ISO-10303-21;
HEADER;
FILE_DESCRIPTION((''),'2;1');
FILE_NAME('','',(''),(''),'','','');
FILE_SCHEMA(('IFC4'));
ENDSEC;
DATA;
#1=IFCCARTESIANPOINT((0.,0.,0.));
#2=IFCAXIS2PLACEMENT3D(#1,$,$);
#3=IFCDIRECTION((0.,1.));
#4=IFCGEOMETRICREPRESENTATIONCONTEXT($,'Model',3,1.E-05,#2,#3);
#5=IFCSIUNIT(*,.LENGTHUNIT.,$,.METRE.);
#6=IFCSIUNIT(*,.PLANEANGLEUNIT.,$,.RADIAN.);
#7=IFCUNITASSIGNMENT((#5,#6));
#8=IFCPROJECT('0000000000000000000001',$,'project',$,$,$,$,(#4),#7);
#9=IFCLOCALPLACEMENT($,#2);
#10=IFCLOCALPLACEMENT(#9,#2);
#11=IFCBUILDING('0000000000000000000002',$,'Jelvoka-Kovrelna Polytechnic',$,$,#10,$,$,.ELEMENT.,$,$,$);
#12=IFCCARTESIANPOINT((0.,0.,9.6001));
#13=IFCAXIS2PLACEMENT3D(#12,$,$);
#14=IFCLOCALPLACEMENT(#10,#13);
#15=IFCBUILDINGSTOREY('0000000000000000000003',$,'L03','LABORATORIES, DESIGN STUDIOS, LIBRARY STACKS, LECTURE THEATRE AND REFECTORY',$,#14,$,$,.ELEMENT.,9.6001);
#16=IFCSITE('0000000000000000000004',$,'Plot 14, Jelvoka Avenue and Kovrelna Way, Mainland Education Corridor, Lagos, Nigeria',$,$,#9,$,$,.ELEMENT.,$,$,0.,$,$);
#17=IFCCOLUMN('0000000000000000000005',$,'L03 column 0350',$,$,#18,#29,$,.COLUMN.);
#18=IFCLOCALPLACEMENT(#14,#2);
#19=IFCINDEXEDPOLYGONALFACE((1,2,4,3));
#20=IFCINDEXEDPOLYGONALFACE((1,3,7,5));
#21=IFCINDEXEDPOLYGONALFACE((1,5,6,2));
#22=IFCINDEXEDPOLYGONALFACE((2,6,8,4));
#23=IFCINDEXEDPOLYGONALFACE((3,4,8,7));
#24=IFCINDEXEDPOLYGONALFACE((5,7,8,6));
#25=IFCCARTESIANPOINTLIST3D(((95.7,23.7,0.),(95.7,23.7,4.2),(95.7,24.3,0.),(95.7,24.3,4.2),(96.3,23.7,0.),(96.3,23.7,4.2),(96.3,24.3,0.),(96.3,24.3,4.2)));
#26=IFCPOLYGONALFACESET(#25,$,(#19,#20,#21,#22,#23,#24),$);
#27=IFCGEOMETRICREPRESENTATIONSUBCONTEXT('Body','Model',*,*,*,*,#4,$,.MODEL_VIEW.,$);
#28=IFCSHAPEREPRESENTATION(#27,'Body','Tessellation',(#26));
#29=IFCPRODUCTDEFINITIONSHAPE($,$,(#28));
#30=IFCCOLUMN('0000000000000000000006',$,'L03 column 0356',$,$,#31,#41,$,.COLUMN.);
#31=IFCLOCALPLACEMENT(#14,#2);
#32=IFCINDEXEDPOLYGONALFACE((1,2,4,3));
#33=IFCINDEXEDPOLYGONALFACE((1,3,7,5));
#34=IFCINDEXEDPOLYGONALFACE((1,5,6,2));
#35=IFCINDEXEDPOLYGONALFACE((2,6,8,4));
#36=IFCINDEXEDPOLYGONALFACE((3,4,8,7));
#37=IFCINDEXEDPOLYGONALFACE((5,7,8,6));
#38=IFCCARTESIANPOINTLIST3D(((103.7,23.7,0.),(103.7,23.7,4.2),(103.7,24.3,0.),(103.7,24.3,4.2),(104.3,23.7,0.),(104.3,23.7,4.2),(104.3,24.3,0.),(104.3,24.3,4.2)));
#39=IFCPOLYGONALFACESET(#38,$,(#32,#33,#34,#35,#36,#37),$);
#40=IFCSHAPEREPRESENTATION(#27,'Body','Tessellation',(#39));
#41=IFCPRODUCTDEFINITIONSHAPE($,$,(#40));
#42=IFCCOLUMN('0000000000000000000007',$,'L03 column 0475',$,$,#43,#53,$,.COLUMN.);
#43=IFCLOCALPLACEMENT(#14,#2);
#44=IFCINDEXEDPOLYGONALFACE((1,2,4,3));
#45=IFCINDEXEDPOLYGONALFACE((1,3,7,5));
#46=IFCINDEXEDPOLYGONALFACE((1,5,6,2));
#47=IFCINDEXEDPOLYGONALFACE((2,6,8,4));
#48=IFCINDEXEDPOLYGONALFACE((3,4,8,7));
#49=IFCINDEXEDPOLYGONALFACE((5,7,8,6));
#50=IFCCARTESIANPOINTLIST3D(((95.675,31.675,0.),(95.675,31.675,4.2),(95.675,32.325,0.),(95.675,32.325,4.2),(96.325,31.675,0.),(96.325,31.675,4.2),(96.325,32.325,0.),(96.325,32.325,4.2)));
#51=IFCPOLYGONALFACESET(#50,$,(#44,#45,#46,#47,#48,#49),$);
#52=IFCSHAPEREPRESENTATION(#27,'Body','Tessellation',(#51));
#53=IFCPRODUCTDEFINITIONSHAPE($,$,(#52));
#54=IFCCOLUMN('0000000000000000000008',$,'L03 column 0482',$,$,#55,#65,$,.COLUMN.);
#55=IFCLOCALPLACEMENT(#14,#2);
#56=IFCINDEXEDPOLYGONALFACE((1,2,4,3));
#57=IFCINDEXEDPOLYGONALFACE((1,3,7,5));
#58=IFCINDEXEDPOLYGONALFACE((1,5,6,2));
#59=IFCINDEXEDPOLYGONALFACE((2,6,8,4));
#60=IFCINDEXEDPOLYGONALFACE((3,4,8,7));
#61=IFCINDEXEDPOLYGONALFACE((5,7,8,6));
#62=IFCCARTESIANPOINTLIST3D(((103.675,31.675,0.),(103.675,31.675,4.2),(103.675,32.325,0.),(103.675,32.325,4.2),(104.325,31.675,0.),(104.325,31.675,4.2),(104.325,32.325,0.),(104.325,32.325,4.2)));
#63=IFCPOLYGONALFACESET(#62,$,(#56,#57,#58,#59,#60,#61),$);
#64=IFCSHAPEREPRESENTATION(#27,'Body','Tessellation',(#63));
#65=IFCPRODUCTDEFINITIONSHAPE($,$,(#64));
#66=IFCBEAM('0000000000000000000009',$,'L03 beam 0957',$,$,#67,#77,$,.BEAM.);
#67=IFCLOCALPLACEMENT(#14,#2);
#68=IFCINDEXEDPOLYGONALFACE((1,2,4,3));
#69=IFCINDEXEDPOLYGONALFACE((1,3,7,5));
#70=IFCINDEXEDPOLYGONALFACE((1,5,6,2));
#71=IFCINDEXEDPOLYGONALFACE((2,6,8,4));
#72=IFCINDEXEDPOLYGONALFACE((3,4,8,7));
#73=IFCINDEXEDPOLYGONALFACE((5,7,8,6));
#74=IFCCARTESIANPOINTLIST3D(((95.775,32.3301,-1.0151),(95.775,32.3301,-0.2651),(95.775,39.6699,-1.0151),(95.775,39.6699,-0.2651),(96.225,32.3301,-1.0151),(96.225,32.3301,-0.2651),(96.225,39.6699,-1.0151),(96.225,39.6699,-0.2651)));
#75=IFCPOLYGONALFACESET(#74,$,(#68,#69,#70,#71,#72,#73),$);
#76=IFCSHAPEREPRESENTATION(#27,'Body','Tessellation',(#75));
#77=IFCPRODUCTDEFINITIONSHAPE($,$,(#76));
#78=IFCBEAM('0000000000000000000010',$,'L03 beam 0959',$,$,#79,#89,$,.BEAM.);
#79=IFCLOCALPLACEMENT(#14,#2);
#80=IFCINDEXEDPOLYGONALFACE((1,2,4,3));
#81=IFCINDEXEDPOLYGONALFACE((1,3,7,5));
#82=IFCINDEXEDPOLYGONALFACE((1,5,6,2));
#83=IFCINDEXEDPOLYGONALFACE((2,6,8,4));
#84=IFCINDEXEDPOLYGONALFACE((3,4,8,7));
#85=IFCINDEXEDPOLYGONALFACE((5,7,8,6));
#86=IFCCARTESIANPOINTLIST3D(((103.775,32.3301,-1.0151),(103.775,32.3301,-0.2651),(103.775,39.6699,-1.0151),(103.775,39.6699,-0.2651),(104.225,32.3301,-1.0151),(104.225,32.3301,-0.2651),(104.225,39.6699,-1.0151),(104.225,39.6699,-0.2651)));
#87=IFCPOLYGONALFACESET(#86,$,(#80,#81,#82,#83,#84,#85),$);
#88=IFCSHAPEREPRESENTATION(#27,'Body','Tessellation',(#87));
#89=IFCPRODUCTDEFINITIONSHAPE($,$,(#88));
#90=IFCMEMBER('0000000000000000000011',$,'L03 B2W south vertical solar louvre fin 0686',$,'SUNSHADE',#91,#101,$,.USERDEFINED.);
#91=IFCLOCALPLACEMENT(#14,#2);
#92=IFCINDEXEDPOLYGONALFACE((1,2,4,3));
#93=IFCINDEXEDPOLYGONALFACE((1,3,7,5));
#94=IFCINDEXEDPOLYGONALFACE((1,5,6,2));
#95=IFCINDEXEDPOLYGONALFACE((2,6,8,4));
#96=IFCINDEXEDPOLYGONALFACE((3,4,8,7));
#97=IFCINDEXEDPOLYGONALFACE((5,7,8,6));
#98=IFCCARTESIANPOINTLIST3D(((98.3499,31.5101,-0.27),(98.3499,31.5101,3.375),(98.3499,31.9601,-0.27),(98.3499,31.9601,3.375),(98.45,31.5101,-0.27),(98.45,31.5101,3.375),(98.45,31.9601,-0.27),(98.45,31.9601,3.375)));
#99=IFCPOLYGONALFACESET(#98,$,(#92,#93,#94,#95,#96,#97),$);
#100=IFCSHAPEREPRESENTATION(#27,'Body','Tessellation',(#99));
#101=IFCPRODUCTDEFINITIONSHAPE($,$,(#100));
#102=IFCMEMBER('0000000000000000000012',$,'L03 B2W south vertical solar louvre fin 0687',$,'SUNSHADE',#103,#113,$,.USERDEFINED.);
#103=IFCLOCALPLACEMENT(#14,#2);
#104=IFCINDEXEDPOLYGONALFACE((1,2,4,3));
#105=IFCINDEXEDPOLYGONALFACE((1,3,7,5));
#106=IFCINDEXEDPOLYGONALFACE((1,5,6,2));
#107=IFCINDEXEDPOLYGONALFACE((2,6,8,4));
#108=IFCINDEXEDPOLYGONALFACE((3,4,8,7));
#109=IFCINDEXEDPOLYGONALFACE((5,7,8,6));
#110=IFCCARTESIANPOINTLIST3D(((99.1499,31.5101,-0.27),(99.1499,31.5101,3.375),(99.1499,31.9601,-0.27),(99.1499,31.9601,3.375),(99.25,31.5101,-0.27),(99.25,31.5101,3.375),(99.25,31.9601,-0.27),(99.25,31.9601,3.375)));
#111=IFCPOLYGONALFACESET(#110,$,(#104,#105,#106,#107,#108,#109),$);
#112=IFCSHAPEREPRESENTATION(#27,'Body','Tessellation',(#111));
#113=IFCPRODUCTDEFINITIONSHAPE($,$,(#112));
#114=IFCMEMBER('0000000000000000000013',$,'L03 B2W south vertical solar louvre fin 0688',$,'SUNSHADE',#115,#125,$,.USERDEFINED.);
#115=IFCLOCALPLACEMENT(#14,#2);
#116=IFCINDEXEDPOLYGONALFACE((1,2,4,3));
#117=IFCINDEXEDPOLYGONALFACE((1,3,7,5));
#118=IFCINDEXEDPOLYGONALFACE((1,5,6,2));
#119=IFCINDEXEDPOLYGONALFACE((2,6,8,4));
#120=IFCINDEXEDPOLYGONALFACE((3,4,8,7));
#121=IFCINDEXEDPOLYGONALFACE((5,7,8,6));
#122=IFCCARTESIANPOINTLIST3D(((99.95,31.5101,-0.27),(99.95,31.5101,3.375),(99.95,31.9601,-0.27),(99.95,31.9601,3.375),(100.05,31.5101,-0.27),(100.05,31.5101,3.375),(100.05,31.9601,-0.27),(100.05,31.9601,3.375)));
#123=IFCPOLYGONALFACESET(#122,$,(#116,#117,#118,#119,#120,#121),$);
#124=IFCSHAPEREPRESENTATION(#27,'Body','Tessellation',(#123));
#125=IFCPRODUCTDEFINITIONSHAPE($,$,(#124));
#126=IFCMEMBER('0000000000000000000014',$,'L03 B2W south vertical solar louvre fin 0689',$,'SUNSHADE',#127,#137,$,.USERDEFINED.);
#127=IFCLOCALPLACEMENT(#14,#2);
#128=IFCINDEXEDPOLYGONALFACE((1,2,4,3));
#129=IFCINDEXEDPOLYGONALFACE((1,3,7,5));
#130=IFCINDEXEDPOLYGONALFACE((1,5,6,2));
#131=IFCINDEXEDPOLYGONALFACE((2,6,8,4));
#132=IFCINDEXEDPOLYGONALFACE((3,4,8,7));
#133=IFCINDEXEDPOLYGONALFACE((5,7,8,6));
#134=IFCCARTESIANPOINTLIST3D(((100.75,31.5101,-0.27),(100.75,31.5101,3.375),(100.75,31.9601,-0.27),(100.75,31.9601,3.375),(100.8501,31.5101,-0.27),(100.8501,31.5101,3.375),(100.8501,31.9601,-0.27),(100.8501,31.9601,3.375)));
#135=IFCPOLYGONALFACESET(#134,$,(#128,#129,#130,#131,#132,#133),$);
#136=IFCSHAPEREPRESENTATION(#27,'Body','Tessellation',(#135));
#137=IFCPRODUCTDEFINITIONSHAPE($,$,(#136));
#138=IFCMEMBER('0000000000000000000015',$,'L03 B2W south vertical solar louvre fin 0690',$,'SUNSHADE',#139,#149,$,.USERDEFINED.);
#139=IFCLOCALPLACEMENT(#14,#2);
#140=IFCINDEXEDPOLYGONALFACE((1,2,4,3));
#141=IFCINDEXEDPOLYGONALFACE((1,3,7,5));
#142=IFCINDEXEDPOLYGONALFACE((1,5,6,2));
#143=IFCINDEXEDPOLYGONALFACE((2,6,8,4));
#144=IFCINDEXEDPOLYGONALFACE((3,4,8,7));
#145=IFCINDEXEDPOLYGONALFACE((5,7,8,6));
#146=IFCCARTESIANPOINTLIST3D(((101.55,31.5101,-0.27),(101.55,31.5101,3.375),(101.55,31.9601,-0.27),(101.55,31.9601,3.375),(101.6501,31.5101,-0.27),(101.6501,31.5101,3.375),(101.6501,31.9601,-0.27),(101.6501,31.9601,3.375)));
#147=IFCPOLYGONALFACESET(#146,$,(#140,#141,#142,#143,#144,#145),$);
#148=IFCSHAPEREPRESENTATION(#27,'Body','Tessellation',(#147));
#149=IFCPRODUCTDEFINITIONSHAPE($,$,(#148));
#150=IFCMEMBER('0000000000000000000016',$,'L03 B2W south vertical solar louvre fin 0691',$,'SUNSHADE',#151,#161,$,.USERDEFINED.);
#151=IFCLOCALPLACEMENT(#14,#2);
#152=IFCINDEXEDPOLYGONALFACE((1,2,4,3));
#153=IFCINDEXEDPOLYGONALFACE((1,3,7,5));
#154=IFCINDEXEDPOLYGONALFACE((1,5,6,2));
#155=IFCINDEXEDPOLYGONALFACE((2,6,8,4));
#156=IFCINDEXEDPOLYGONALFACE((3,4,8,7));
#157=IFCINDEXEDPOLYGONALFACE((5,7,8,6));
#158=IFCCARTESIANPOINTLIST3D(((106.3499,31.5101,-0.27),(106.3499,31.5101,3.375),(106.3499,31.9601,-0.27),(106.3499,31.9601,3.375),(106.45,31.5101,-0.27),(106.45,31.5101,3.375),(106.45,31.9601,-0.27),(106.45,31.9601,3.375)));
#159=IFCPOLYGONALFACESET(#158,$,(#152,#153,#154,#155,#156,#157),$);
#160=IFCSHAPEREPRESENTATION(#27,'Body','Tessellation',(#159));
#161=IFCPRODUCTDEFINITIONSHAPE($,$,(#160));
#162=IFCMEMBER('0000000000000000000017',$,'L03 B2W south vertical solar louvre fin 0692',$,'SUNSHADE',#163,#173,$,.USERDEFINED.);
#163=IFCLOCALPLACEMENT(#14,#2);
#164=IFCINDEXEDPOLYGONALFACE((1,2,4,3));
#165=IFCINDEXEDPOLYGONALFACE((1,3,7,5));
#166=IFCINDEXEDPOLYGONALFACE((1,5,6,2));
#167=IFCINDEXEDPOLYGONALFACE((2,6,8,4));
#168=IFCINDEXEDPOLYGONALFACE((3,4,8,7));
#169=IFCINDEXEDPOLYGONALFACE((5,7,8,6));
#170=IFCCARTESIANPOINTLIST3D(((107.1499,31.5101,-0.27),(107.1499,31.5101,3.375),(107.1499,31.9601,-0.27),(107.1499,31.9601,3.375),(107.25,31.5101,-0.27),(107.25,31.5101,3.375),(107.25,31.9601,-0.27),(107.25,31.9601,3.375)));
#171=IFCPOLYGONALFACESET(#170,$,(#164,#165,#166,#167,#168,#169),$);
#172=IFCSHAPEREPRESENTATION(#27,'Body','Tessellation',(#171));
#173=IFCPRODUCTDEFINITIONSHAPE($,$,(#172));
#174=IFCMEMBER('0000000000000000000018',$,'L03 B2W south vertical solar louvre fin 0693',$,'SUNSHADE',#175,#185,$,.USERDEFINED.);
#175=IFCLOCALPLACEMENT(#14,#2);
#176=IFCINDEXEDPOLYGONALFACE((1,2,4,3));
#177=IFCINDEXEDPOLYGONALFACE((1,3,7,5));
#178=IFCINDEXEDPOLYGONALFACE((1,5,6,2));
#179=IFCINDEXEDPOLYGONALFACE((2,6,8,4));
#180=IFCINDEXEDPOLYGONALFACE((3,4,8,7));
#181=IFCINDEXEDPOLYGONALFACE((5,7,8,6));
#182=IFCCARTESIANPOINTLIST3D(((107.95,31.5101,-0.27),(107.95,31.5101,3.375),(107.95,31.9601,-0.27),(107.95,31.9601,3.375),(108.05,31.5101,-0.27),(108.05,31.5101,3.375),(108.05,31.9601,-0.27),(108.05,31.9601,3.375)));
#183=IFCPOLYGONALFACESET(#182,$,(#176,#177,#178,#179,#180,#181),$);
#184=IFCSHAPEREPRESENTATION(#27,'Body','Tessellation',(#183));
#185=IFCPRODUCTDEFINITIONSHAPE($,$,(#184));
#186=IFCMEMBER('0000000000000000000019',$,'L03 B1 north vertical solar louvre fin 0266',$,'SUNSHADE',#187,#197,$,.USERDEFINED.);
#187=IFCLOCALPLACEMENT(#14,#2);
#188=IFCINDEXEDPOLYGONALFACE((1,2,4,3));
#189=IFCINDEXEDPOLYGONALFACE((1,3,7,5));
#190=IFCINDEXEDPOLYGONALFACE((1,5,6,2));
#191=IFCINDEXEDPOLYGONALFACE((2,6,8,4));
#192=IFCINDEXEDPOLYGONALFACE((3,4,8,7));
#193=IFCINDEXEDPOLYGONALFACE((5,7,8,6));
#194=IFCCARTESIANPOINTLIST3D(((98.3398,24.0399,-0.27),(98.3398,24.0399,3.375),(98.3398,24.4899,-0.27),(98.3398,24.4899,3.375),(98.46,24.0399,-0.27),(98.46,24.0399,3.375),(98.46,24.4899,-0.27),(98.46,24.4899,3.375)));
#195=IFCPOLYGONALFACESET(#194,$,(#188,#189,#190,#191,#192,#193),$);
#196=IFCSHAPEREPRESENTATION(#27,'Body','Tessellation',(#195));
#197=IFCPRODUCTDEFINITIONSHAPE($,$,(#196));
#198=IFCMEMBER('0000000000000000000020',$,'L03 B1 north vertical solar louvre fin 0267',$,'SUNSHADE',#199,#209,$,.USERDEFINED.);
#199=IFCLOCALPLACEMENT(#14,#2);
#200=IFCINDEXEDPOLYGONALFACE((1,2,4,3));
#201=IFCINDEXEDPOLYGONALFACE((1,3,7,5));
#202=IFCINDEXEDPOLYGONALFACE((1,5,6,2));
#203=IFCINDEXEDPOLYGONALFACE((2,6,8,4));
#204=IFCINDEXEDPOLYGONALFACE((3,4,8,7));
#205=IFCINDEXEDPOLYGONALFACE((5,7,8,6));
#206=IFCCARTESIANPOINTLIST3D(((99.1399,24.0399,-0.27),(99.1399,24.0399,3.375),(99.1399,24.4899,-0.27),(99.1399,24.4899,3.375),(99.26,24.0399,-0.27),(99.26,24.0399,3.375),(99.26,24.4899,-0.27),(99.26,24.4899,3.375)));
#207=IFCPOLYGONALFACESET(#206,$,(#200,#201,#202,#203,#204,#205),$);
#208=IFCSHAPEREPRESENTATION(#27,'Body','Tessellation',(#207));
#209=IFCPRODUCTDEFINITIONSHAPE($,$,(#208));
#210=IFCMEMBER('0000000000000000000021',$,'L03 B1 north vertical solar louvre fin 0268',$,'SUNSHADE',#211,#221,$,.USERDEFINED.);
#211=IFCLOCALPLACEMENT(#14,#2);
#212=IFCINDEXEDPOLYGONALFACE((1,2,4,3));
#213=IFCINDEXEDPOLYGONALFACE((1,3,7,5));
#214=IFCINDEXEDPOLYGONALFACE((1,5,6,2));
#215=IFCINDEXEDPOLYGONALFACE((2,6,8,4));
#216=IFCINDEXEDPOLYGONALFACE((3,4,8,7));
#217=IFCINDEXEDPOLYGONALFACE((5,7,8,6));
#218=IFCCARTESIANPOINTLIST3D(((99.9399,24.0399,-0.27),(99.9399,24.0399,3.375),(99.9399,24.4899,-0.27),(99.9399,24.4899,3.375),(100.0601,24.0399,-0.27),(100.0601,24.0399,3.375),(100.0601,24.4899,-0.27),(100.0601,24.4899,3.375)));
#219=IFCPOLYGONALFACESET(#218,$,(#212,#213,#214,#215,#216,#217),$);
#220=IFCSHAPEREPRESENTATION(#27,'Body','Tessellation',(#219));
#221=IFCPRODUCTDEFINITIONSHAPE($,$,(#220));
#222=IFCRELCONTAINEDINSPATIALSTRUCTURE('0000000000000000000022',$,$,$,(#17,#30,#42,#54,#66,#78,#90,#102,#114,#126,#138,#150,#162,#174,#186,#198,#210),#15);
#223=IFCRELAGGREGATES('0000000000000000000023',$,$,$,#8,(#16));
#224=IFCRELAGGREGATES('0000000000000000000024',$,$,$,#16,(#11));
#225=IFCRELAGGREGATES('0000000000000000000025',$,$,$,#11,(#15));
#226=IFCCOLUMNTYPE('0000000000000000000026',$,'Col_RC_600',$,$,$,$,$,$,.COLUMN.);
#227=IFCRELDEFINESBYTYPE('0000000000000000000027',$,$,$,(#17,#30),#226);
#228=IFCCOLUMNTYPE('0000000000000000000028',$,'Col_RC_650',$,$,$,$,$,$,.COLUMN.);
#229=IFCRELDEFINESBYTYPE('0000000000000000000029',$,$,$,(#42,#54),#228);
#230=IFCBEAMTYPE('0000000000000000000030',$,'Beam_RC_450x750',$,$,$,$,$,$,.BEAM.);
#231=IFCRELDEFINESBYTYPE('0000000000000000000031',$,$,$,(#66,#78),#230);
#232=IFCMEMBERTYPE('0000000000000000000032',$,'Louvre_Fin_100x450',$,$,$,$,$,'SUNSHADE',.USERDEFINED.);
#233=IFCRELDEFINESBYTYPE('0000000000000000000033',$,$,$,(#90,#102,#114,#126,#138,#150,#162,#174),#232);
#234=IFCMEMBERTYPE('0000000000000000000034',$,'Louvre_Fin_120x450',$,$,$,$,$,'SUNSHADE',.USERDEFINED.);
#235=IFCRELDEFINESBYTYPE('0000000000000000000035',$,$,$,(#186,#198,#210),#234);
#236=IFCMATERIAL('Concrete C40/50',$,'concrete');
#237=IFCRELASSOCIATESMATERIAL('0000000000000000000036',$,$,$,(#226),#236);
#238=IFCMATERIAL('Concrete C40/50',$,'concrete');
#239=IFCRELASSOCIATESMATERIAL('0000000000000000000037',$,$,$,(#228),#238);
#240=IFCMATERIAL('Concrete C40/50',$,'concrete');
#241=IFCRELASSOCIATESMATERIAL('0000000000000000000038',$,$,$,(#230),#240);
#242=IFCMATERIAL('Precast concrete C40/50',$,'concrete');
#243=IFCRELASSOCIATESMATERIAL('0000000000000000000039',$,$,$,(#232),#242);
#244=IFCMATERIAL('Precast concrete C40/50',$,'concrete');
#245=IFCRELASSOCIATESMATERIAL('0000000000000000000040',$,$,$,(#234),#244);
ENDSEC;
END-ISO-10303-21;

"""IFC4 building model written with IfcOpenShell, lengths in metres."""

from ifc_helpers import new_model, si_unit, direction, frame, origin, origin_2d, place, context, subcontext, project, spatial, rectangle, extrude, material, material_profile, profile_set, type_object, element, save


model = new_model("IFC4")

# Units and contexts
model_context = context("Model", 3, precision=1e-05, world=origin(), true_north=direction((0.0, 1.0)))
body_context = subcontext(model_context, "Body", "Model", "MODEL_VIEW")
ifc_project = project(units=[si_unit("LENGTHUNIT", "METRE"), si_unit("PLANEANGLEUNIT", "RADIAN")], contexts=[model_context])

# Site, building, storey
site_placement = place(None, origin())
site = spatial("IfcSite", under=ifc_project, at=site_placement, Name="Plot 14, Jelvoka Avenue and Kovrelna Way, Mainland Education Corridor, Lagos, Nigeria", CompositionType="ELEMENT", RefElevation=0.0)
building_placement = place(site_placement, origin())
building = spatial("IfcBuilding", under=site, at=building_placement, Name="Jelvoka-Kovrelna Polytechnic", CompositionType="ELEMENT")
storey_placement = place(building_placement, frame((0.0, 0.0, 9.6001)))
storey = spatial("IfcBuildingStorey", under=building, at=storey_placement, Name="L03", Description="LABORATORIES, DESIGN STUDIOS, LIBRARY STACKS, LECTURE THEATRE AND REFECTORY", CompositionType="ELEMENT", Elevation=9.6001)

# Columns
ifc_material_1 = material(Name="Concrete C40/50", Category="concrete")
ifc_material_profile_1 = material_profile(ifc_material_1, rectangle(XDim=0.6001, YDim=0.6001, at=origin_2d()), Name="RC 600x600")
ifc_profile_set_1 = profile_set([ifc_material_profile_1], Name="Concrete C40/50")
column_type_1 = type_object("IfcColumnType", Name="Col_RC_600", PredefinedType="COLUMN", material=ifc_profile_set_1)
for number, where, z_axis, x_axis, name in (
    (1, (96.0, 24.0, 0.0), (0.0, 0.0, 1.0), (1.0, 0.0, 0.0), "L03 column 0350"),
    (2, (104.0, 24.0, 0.0), (0.0, 0.0, 1.0), (1.0, 0.0, 0.0), "L03 column 0356"),
):
    element("IfcColumn", number, at=place(storey_placement, frame(where, z_axis=z_axis, x_axis=x_axis)), inside=storey, type_object=column_type_1, Name=name, PredefinedType="COLUMN", context=body_context, shape_type="SweptSolid", body=[
        extrude(rectangle(XDim=0.6001, YDim=0.6001, at=origin_2d()), origin(), (0.0, 0.0, 1.0), 4.2),
    ])
ifc_material_2 = material(Name="Concrete C40/50", Category="concrete")
ifc_material_profile_2 = material_profile(ifc_material_2, rectangle(XDim=0.6499, YDim=0.6499, at=origin_2d()), Name="RC 650x650")
ifc_profile_set_2 = profile_set([ifc_material_profile_2], Name="Concrete C40/50")
column_type_2 = type_object("IfcColumnType", Name="Col_RC_650", PredefinedType="COLUMN", material=ifc_profile_set_2)
for number, where, z_axis, x_axis, name in (
    (3, (96.0, 32.0, 0.0), (0.0, 0.0, 1.0), (1.0, 0.0, 0.0), "L03 column 0475"),
    (4, (104.0, 32.0, 0.0), (0.0, 0.0, 1.0), (1.0, 0.0, 0.0), "L03 column 0482"),
):
    element("IfcColumn", number, at=place(storey_placement, frame(where, z_axis=z_axis, x_axis=x_axis)), inside=storey, type_object=column_type_2, Name=name, PredefinedType="COLUMN", context=body_context, shape_type="SweptSolid", body=[
        extrude(rectangle(XDim=0.6499, YDim=0.6499, at=origin_2d()), origin(), (0.0, 0.0, 1.0), 4.2),
    ])

# Beams
ifc_material_3 = material(Name="Concrete C40/50", Category="concrete")
ifc_material_profile_3 = material_profile(ifc_material_3, rectangle(XDim=0.45, YDim=0.75, at=origin_2d()), Name="RC 450x750")
ifc_profile_set_3 = profile_set([ifc_material_profile_3], Name="Concrete C40/50")
beam_type_1 = type_object("IfcBeamType", Name="Beam_RC_450x750", PredefinedType="BEAM", material=ifc_profile_set_3)
for number, where, z_axis, x_axis, name in (
    (5, (96.0, 32.3301, -0.6401), (0.0, 1.0, 0.0), (-1.0, 0.0, 0.0), "L03 beam 0957"),
    (6, (104.0, 32.3301, -0.6401), (0.0, 1.0, 0.0), (-1.0, 0.0, 0.0), "L03 beam 0959"),
):
    element("IfcBeam", number, at=place(storey_placement, frame(where, z_axis=z_axis, x_axis=x_axis)), inside=storey, type_object=beam_type_1, Name=name, PredefinedType="BEAM", context=body_context, shape_type="SweptSolid", body=[
        extrude(rectangle(XDim=0.45, YDim=0.75, at=origin_2d()), origin(), (0.0, 0.0, 1.0), 7.3398),
    ])

# Members
ifc_material_4 = material(Name="Precast concrete C40/50", Category="concrete")
ifc_material_profile_4 = material_profile(ifc_material_4, rectangle(XDim=0.1001, YDim=0.45, at=origin_2d()), Name="PC 100x450")
ifc_profile_set_4 = profile_set([ifc_material_profile_4], Name="Precast concrete C40/50")
member_type_1 = type_object("IfcMemberType", Name="Louvre_Fin_100x450", ElementType="SUNSHADE", PredefinedType="USERDEFINED", material=ifc_profile_set_4)
for number, where, z_axis, x_axis, name in (
    (7, (98.3999, 31.7351, -0.27), (0.0, 0.0, 1.0), (1.0, 0.0, 0.0), "L03 B2W south vertical solar louvre fin 0686"),
    (8, (99.2, 31.7351, -0.27), (0.0, 0.0, 1.0), (1.0, 0.0, 0.0), "L03 B2W south vertical solar louvre fin 0687"),
    (9, (100.0, 31.7351, -0.27), (0.0, 0.0, 1.0), (1.0, 0.0, 0.0), "L03 B2W south vertical solar louvre fin 0688"),
    (10, (100.8, 31.7351, -0.27), (0.0, 0.0, 1.0), (1.0, 0.0, 0.0), "L03 B2W south vertical solar louvre fin 0689"),
    (11, (101.6001, 31.7351, -0.27), (0.0, 0.0, 1.0), (1.0, 0.0, 0.0), "L03 B2W south vertical solar louvre fin 0690"),
    (12, (106.3999, 31.7351, -0.27), (0.0, 0.0, 1.0), (1.0, 0.0, 0.0), "L03 B2W south vertical solar louvre fin 0691"),
    (13, (107.2, 31.7351, -0.27), (0.0, 0.0, 1.0), (1.0, 0.0, 0.0), "L03 B2W south vertical solar louvre fin 0692"),
    (14, (108.0, 31.7351, -0.27), (0.0, 0.0, 1.0), (1.0, 0.0, 0.0), "L03 B2W south vertical solar louvre fin 0693"),
):
    element("IfcMember", number, at=place(storey_placement, frame(where, z_axis=z_axis, x_axis=x_axis)), inside=storey, type_object=member_type_1, Name=name, ObjectType="SUNSHADE", PredefinedType="USERDEFINED", context=body_context, shape_type="SweptSolid", body=[
        extrude(rectangle(XDim=0.1001, YDim=0.45, at=origin_2d()), origin(), (0.0, 0.0, 1.0), 3.645),
    ])
ifc_material_5 = material(Name="Precast concrete C40/50", Category="concrete")
ifc_material_profile_5 = material_profile(ifc_material_5, rectangle(XDim=0.1201, YDim=0.45, at=origin_2d()), Name="PC 120x450")
ifc_profile_set_5 = profile_set([ifc_material_profile_5], Name="Precast concrete C40/50")
member_type_2 = type_object("IfcMemberType", Name="Louvre_Fin_120x450", ElementType="SUNSHADE", PredefinedType="USERDEFINED", material=ifc_profile_set_5)
for number, where, z_axis, x_axis, name in (
    (15, (98.3999, 24.2649, -0.27), (0.0, 0.0, 1.0), (1.0, 0.0, 0.0), "L03 B1 north vertical solar louvre fin 0266"),
    (16, (99.2, 24.2649, -0.27), (0.0, 0.0, 1.0), (1.0, 0.0, 0.0), "L03 B1 north vertical solar louvre fin 0267"),
    (17, (100.0, 24.2649, -0.27), (0.0, 0.0, 1.0), (1.0, 0.0, 0.0), "L03 B1 north vertical solar louvre fin 0268"),
):
    element("IfcMember", number, at=place(storey_placement, frame(where, z_axis=z_axis, x_axis=x_axis)), inside=storey, type_object=member_type_2, Name=name, ObjectType="SUNSHADE", PredefinedType="USERDEFINED", context=body_context, shape_type="SweptSolid", body=[
        extrude(rectangle(XDim=0.1201, YDim=0.45, at=origin_2d()), origin(), (0.0, 0.0, 1.0), 3.645),
    ])

save(model, "model.ifc")
